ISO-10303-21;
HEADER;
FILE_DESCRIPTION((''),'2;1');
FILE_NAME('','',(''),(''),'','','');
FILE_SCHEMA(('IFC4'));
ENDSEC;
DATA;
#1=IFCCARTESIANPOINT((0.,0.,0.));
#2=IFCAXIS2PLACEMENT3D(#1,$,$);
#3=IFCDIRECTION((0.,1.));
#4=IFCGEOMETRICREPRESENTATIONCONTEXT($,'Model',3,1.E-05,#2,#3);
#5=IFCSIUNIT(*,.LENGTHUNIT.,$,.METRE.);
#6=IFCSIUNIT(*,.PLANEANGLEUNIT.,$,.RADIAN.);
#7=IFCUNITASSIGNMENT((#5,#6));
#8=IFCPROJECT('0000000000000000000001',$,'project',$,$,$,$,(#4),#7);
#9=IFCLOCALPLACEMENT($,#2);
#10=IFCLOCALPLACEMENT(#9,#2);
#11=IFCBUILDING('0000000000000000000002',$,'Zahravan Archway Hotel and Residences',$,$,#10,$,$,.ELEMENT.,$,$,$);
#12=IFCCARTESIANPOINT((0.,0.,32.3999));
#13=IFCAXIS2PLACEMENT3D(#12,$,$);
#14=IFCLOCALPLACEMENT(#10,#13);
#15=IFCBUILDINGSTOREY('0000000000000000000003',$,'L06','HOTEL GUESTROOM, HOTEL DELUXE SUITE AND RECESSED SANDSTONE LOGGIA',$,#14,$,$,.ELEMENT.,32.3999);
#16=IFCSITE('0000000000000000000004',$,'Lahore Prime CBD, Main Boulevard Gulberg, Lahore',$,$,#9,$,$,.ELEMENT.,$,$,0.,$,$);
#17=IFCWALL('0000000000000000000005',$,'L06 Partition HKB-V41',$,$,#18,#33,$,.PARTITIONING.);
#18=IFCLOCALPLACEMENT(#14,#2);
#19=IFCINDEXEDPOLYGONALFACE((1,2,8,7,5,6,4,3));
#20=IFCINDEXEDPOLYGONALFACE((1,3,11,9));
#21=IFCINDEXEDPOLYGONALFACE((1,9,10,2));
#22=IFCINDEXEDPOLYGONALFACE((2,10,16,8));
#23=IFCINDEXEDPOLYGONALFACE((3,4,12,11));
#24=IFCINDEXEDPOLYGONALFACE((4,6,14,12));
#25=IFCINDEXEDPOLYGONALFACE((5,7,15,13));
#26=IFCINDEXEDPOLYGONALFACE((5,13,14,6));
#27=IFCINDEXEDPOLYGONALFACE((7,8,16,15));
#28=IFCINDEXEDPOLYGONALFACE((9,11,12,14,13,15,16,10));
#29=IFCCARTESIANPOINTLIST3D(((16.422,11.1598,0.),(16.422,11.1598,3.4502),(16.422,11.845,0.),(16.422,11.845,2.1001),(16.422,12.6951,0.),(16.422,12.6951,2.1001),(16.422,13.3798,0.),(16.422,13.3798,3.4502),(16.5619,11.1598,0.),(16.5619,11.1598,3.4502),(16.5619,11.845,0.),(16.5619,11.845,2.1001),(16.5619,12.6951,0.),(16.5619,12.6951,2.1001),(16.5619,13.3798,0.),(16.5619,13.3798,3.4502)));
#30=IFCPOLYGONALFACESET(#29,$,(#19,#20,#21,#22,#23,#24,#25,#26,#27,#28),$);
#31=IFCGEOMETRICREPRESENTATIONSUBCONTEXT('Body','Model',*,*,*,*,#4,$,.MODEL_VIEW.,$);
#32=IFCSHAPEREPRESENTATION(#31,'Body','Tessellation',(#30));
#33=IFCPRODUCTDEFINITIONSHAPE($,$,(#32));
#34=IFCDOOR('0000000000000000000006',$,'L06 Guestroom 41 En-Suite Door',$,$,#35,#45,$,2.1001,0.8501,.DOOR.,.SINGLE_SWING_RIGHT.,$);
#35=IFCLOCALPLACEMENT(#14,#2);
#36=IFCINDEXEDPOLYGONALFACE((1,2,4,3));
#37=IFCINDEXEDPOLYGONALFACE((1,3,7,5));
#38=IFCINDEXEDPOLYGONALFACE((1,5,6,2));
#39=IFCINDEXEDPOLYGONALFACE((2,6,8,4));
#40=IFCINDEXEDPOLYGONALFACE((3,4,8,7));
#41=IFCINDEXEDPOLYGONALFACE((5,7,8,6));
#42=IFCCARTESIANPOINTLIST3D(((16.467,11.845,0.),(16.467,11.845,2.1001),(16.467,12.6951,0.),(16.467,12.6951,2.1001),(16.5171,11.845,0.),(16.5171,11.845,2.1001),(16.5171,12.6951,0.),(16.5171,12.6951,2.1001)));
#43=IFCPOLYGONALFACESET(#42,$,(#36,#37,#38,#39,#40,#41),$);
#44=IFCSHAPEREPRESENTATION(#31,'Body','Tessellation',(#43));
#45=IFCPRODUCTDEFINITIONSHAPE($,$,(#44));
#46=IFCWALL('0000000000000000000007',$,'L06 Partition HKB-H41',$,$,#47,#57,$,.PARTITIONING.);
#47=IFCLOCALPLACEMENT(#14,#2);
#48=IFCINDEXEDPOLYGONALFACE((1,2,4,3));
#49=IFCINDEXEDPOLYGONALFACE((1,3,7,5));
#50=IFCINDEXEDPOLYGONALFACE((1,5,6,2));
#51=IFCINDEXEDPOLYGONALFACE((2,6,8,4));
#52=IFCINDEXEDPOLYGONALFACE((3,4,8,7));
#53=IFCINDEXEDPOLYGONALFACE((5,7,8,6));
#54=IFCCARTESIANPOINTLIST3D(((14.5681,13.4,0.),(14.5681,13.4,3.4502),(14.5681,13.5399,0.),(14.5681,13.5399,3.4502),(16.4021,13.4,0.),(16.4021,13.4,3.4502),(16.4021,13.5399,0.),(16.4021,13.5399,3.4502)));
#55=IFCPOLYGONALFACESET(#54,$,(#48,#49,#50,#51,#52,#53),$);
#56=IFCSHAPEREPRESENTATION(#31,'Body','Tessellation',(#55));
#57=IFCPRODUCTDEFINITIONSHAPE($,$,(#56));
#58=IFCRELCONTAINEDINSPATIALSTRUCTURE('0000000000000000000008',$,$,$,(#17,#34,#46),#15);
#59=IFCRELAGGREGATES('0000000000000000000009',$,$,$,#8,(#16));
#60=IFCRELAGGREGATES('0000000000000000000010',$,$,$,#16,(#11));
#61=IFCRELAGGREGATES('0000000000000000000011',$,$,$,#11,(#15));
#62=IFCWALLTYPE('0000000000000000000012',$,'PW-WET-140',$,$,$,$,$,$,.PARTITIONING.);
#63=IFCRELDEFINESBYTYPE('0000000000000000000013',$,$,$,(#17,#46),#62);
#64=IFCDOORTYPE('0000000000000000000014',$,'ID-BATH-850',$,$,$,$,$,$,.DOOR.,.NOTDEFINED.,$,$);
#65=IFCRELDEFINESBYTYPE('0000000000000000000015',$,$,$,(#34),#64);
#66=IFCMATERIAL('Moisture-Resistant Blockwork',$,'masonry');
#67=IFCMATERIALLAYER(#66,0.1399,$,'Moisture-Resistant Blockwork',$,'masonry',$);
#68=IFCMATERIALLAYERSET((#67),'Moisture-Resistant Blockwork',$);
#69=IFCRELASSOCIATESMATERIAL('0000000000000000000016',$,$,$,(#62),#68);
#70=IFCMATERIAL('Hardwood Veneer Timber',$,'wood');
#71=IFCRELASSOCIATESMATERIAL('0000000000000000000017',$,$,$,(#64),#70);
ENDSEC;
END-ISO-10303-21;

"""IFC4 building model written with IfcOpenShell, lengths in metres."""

from ifc_helpers import new_model, si_unit, direction, frame, frame_2d, origin, place, context, subcontext, project, spatial, rectangle, extrude, source, transform, mapped, material, layer, layer_set, type_object, type_shapes, element, fill, save


model = new_model("IFC4")

# Units and contexts
model_context = context("Model", 3, precision=1e-05, world=origin(), true_north=direction((0.0, 1.0)))
body_context = subcontext(model_context, "Body", "Model", "MODEL_VIEW")
ifc_project = project(units=[si_unit("LENGTHUNIT", "METRE"), si_unit("PLANEANGLEUNIT", "RADIAN")], contexts=[model_context])

# Site, building, storey
site_placement = place(None, origin())
site = spatial("IfcSite", under=ifc_project, at=site_placement, Name="Lahore Prime CBD, Main Boulevard Gulberg, Lahore", CompositionType="ELEMENT", RefElevation=0.0)
building_placement = place(site_placement, origin())
building = spatial("IfcBuilding", under=site, at=building_placement, Name="Zahravan Archway Hotel and Residences", CompositionType="ELEMENT")
storey_placement = place(building_placement, frame((0.0, 0.0, 32.3999)))
storey = spatial("IfcBuildingStorey", under=building, at=storey_placement, Name="L06", Description="HOTEL GUESTROOM, HOTEL DELUXE SUITE AND RECESSED SANDSTONE LOGGIA", CompositionType="ELEMENT", Elevation=32.3999)

# Shared definitions
ifc_material_1 = material(Name="Hardwood Veneer Timber", Category="wood")

# Wall, opening, door
ifc_material_2 = material(Name="Moisture-Resistant Blockwork", Category="masonry")
ifc_layer_1 = layer(ifc_material_2, 0.1399, Name="Moisture-Resistant Blockwork", Category="masonry")
ifc_layer_set_1 = layer_set([ifc_layer_1], Name="Moisture-Resistant Blockwork")
wall_type_1 = type_object("IfcWallType", Name="PW-WET-140", PredefinedType="PARTITIONING", material=ifc_layer_set_1)
wall_1_placement = place(storey_placement, frame((16.4919, 11.1599, 0.0), z_axis=(0.0, 0.0, 1.0), x_axis=(0.0, 1.0, 0.0)))
wall_1 = element("IfcWall", 1, at=wall_1_placement, inside=storey, type_object=wall_type_1, Name="L06 Partition HKB-V41", PredefinedType="PARTITIONING", context=body_context, shape_type="SweptSolid", body=[
    extrude(rectangle(XDim=2.22, YDim=0.1399, at=frame_2d((1.1099, 0.0))), origin(), (0.0, 0.0, 1.0), 3.4502),
])
opening_1_placement = place(wall_1_placement, frame((0.6851, 0.0, 0.0)))
opening_1 = element("IfcOpeningElement", 2, at=opening_1_placement, cuts=wall_1, PredefinedType="OPENING", context=body_context, shape_type="SweptSolid", body=[
    extrude(rectangle(XDim=0.8501, YDim=2.1001, at=frame_2d((0.425, 1.05))), frame((0.0, 0.0801, 0.0), z_axis=(0.0, -1.0, 0.0), x_axis=(1.0, 0.0, 0.0)), (0.0, 0.0, 1.0), 0.1599),
])
door_type_1 = type_object("IfcDoorType", Name="ID-BATH-850", OperationType="NOTDEFINED", PredefinedType="DOOR", material=ifc_material_1)
shared_shape_1 = source(origin(), body_context, "Body", "SweptSolid", [
    extrude(rectangle(XDim=0.8501, YDim=2.1001, at=frame_2d((0.425, 1.05))), frame((0.0, 0.0249, 0.0), z_axis=(0.0, -1.0, 0.0), x_axis=(1.0, 0.0, 0.0)), (0.0, 0.0, 1.0), 0.05),
])
type_shapes(door_type_1, [shared_shape_1])
door_1_placement = place(opening_1_placement, origin())
door_1 = element("IfcDoor", 3, at=door_1_placement, inside=storey, type_object=door_type_1, Name="L06 Guestroom 41 En-Suite Door", OperationType="SINGLE_SWING_RIGHT", OverallHeight=2.1001, OverallWidth=0.8501, PredefinedType="DOOR", context=body_context, shape_type="MappedRepresentation", body=[
    mapped(shared_shape_1, transform((0.0, 0.0, 0.0), scale=1.0)),
])
fill(opening_1, door_1)

# Wall
wall_2_placement = place(storey_placement, frame((14.5681, 13.47, 0.0), z_axis=(0.0, 0.0, 1.0), x_axis=(1.0, 0.0, 0.0)))
element("IfcWall", 4, at=wall_2_placement, inside=storey, type_object=wall_type_1, Name="L06 Partition HKB-H41", PredefinedType="PARTITIONING", context=body_context, shape_type="SweptSolid", body=[
    extrude(rectangle(XDim=1.834, YDim=0.1399, at=frame_2d((0.917, 0.0))), origin(), (0.0, 0.0, 1.0), 3.4502),
])

save(model, "model.ifc")
